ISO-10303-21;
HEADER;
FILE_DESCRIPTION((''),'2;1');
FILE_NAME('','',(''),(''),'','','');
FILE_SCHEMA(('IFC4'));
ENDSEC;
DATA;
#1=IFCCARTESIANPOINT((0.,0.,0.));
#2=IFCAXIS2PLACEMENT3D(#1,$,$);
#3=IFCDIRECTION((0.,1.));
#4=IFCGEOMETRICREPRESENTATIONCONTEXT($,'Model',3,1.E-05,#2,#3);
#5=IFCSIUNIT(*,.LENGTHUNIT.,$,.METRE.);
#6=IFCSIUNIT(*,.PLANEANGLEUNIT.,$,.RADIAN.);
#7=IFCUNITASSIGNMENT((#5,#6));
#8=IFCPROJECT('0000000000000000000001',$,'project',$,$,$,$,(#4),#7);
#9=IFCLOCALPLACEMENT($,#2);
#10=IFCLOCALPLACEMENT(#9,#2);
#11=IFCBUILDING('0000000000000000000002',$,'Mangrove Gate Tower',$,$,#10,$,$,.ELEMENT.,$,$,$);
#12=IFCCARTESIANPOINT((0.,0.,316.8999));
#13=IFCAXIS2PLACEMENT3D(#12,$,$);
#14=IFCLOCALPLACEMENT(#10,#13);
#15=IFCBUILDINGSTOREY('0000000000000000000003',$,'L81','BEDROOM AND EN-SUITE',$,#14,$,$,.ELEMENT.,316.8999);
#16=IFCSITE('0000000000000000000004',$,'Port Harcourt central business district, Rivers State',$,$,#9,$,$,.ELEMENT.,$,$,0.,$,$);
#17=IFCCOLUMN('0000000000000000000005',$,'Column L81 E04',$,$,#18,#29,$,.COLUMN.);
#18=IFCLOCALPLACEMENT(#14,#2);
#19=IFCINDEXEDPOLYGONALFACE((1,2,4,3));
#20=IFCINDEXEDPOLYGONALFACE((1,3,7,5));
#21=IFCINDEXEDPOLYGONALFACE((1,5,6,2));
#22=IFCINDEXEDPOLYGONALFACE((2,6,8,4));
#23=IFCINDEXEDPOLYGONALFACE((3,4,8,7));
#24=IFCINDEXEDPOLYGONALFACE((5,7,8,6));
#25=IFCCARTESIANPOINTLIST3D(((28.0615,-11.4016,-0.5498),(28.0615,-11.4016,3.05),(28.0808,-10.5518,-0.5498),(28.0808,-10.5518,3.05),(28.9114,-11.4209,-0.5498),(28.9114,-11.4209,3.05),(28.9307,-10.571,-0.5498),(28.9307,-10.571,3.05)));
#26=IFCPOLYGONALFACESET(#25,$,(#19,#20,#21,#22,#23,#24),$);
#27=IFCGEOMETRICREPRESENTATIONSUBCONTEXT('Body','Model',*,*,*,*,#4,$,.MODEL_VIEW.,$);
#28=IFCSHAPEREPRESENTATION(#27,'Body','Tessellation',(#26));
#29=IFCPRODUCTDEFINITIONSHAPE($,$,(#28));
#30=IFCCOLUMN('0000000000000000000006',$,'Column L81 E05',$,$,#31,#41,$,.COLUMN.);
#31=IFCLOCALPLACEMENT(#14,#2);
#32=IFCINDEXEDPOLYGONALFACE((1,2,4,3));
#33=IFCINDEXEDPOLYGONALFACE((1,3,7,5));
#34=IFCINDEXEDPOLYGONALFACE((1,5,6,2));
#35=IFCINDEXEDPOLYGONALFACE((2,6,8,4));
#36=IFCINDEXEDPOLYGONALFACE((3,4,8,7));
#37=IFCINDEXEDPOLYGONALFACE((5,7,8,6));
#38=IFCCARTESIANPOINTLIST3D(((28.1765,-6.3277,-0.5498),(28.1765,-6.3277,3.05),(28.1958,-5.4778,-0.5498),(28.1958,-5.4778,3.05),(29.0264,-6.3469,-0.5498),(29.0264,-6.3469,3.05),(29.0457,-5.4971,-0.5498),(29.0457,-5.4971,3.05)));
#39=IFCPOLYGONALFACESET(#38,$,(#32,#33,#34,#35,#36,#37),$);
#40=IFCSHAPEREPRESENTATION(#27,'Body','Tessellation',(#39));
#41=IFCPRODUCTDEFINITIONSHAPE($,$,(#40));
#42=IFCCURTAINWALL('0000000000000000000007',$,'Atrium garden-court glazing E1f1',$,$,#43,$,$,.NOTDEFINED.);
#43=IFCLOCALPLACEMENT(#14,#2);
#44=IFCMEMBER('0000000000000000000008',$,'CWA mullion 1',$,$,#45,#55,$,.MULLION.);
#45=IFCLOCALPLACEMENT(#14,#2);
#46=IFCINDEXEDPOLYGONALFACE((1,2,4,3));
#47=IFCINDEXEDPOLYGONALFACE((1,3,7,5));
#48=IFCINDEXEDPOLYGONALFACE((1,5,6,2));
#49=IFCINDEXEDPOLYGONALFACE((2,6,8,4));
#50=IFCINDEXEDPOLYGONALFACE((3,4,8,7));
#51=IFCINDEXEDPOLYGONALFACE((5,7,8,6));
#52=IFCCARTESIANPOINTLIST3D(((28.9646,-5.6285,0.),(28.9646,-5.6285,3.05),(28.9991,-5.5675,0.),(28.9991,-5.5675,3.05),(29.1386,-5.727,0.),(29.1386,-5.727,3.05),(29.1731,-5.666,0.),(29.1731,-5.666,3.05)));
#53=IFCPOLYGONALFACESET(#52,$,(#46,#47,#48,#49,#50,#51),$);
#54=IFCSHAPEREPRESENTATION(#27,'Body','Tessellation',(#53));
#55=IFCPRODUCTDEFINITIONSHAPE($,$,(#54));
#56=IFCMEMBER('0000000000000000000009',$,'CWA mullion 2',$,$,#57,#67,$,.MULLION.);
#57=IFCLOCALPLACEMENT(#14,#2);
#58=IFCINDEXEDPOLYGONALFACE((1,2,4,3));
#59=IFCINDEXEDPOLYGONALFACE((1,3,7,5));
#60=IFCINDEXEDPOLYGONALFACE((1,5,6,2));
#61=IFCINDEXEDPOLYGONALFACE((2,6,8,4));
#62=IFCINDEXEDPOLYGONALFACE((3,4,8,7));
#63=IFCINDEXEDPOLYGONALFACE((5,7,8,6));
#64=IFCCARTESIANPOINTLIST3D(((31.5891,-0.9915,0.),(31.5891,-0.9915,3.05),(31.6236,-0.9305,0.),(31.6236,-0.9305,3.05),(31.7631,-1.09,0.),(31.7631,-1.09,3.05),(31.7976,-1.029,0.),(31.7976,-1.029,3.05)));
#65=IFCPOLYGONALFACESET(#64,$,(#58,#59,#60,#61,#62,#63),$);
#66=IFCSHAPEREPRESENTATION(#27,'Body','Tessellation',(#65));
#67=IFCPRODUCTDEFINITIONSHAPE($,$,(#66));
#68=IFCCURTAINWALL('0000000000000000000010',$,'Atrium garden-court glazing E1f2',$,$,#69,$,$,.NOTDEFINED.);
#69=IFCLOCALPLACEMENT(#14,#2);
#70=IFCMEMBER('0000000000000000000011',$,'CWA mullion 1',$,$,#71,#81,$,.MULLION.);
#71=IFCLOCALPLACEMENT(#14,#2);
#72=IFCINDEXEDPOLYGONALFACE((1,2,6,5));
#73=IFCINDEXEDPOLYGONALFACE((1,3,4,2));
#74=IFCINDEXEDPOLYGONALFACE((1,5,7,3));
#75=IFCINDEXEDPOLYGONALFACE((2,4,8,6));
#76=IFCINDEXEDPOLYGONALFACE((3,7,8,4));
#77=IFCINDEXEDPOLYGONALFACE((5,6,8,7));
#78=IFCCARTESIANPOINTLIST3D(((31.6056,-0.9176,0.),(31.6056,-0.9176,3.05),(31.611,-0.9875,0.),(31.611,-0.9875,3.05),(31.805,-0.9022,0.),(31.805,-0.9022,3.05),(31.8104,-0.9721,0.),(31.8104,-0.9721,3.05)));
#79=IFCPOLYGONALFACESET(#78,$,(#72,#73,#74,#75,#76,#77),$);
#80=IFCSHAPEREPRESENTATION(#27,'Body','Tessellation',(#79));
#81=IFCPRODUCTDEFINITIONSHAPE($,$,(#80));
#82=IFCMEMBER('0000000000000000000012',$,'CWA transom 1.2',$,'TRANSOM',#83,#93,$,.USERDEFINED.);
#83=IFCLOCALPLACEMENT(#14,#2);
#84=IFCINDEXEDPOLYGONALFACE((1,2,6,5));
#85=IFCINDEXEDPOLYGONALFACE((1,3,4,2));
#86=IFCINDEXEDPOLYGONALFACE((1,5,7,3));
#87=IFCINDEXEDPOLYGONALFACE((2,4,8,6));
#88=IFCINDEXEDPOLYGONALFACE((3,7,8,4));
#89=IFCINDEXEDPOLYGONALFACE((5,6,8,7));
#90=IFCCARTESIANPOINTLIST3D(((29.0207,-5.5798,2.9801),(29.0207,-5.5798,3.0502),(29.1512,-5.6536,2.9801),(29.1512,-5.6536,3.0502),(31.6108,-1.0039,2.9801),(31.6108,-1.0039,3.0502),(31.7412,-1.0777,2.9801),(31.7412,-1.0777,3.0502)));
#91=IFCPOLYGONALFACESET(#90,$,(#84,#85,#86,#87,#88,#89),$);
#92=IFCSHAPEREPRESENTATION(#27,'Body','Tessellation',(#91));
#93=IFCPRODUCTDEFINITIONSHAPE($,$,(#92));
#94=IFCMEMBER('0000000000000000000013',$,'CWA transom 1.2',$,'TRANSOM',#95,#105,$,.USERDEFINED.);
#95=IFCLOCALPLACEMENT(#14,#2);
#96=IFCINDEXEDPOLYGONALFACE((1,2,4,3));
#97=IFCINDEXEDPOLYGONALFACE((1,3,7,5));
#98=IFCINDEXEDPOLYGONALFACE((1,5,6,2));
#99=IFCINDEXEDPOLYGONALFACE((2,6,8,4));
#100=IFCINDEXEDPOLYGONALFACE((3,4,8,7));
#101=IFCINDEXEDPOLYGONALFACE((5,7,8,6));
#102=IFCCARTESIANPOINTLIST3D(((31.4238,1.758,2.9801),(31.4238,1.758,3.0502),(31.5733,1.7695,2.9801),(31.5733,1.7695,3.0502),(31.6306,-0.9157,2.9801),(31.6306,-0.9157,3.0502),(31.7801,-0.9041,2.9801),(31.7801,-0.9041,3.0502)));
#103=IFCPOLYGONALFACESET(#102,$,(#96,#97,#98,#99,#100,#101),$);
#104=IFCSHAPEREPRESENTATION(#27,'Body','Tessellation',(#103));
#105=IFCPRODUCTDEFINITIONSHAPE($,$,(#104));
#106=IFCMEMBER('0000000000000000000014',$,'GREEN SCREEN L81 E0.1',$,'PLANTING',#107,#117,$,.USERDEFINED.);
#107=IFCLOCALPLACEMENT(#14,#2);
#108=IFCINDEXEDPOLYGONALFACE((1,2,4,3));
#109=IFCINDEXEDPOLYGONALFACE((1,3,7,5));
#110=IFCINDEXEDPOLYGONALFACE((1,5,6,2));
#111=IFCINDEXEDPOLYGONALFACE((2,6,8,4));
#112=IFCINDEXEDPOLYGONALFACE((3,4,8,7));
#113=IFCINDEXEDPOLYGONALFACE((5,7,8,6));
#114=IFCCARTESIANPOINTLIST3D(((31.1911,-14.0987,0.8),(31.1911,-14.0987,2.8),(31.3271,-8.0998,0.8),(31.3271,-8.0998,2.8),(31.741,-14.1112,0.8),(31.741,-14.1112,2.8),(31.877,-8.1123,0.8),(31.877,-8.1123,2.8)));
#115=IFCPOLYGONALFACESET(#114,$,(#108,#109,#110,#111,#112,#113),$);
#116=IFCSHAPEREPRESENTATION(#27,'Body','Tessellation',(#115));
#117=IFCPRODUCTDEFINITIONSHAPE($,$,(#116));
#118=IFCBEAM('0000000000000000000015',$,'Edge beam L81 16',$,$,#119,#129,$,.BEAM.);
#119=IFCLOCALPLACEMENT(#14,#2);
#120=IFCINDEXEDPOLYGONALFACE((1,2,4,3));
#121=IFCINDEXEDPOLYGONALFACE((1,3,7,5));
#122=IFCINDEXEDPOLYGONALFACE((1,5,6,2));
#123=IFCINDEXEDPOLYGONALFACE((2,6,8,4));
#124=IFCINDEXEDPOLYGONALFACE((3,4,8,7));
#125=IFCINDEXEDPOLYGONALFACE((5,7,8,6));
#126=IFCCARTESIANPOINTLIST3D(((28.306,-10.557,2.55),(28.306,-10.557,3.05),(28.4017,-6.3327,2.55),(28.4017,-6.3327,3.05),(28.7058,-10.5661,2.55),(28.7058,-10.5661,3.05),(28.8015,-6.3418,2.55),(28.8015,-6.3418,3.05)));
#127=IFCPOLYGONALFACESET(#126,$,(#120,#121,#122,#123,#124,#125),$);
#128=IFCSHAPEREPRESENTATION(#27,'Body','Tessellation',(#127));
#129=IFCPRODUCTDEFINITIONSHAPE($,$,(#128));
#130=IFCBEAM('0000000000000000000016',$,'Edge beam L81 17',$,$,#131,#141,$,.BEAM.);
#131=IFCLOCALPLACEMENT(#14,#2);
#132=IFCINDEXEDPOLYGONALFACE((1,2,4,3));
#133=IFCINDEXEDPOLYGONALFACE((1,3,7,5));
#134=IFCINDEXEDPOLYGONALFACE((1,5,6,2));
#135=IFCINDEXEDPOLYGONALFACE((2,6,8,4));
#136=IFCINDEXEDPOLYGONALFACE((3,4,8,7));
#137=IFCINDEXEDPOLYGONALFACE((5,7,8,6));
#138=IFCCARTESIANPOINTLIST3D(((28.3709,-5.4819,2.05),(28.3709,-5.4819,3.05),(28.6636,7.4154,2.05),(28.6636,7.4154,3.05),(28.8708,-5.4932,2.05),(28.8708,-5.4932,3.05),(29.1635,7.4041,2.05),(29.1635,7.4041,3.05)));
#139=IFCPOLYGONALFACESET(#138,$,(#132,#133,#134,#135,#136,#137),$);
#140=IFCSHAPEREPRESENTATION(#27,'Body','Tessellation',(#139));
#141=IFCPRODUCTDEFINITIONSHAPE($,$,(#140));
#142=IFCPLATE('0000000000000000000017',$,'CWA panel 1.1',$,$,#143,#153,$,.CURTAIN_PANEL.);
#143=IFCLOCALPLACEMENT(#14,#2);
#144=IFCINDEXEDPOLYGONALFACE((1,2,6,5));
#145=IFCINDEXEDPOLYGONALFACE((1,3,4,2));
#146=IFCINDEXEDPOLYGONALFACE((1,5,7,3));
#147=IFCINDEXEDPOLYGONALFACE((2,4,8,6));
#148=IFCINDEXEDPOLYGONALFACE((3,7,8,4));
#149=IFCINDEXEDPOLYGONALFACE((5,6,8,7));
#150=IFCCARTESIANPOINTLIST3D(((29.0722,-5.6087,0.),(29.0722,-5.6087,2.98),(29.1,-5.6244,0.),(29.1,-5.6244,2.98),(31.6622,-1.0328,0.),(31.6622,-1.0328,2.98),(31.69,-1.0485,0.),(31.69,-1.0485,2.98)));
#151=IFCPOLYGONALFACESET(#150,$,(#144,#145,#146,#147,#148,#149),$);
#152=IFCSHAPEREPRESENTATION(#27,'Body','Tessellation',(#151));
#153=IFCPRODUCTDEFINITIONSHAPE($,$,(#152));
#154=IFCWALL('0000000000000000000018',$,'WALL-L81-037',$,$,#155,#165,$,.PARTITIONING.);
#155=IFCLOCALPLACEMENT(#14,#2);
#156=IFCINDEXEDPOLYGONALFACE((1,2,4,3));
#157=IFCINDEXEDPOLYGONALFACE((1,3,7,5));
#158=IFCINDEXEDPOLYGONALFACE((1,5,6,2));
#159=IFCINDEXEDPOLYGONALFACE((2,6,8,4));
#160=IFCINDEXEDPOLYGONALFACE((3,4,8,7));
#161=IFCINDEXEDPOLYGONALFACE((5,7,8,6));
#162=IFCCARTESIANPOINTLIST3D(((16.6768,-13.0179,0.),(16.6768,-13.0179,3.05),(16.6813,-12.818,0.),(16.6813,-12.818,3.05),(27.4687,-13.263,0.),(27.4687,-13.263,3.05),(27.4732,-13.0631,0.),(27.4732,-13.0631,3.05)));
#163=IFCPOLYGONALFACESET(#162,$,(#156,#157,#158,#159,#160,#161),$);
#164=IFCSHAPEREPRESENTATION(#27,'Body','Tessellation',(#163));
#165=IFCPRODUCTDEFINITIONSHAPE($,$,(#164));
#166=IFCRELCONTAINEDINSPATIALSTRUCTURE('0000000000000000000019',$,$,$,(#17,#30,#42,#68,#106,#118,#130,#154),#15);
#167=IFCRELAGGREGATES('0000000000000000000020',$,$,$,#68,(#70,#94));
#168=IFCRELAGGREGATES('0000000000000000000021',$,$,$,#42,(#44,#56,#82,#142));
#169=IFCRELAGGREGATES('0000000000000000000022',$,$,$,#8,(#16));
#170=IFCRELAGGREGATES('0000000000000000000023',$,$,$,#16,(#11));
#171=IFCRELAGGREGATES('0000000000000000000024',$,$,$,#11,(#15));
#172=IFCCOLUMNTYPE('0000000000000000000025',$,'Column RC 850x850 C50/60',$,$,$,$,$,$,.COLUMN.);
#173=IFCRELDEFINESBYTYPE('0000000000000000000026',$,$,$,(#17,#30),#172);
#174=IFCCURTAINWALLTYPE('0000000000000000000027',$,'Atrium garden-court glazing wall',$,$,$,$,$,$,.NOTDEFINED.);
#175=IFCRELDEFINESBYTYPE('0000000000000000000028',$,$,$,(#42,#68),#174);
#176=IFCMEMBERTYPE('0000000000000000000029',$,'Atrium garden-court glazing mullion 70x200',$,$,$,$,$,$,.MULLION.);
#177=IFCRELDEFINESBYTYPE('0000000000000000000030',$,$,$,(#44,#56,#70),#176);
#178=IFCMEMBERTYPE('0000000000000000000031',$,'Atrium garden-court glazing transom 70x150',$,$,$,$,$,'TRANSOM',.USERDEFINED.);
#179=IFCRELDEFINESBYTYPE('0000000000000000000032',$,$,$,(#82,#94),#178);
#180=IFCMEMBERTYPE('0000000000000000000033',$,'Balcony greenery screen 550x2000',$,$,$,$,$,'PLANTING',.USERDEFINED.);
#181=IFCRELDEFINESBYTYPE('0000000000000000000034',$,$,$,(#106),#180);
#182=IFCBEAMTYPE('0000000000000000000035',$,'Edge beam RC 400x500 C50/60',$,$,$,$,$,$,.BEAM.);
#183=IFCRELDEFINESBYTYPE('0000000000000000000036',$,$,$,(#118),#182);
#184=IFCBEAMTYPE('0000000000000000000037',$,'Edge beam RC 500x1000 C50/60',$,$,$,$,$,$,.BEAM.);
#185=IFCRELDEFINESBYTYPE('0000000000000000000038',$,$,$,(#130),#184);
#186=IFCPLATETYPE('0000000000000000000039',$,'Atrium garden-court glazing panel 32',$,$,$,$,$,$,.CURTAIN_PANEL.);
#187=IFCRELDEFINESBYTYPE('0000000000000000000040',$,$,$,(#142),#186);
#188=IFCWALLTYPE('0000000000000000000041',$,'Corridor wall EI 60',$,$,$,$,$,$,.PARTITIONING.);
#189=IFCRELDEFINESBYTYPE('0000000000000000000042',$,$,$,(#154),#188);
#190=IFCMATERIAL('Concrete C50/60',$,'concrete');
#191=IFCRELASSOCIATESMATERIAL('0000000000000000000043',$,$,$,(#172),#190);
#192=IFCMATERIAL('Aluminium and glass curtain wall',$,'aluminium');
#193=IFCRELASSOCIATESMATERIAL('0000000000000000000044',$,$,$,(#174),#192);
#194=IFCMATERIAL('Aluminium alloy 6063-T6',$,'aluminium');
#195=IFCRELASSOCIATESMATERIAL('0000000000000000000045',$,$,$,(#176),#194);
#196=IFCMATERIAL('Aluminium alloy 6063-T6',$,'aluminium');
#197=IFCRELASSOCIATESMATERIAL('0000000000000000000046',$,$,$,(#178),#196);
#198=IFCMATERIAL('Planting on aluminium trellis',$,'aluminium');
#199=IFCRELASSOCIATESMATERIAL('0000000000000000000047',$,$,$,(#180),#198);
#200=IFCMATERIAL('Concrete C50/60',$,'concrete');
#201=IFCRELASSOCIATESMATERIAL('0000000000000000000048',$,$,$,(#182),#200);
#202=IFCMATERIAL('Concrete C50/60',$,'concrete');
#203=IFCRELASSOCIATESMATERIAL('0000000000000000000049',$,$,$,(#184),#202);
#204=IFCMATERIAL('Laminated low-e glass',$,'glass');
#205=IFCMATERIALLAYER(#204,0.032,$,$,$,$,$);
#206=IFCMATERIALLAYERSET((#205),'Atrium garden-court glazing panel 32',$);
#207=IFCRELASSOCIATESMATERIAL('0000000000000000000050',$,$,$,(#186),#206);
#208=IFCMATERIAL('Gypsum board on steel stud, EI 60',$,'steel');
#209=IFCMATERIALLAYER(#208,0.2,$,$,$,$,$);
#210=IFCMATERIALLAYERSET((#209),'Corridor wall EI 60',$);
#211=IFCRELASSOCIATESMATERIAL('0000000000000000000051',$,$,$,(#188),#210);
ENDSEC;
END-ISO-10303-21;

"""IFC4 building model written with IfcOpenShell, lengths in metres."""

from ifc_helpers import new_model, si_unit, direction, frame, frame_2d, origin, origin_2d, place, context, subcontext, project, spatial, rectangle, extrude, material, layer, layer_set, material_profile, profile_set, type_object, element, aggregate, save


model = new_model("IFC4")

# Units and contexts
model_context = context("Model", 3, precision=1e-05, world=origin(), true_north=direction((0.0, 1.0)))
body_context = subcontext(model_context, "Body", "Model", "MODEL_VIEW")
ifc_project = project(units=[si_unit("LENGTHUNIT", "METRE"), si_unit("PLANEANGLEUNIT", "RADIAN")], contexts=[model_context])

# Site, building, storey
site_placement = place(None, origin())
site = spatial("IfcSite", under=ifc_project, at=site_placement, Name="Port Harcourt central business district, Rivers State", CompositionType="ELEMENT", RefElevation=0.0)
building_placement = place(site_placement, origin())
building = spatial("IfcBuilding", under=site, at=building_placement, Name="Mangrove Gate Tower", CompositionType="ELEMENT")
storey_placement = place(building_placement, frame((0.0, 0.0, 316.8999)))
storey = spatial("IfcBuildingStorey", under=building, at=storey_placement, Name="L81", Description="BEDROOM AND EN-SUITE", CompositionType="ELEMENT", Elevation=316.8999)

# Columns
ifc_material_1 = material(Name="Concrete C50/60", Category="concrete")
ifc_material_profile_1 = material_profile(ifc_material_1, rectangle(XDim=0.8501, YDim=0.8501, at=origin_2d()))
ifc_profile_set_1 = profile_set([ifc_material_profile_1], Name="Concrete C50/60")
column_type = type_object("IfcColumnType", Name="Column RC 850x850 C50/60", PredefinedType="COLUMN", material=ifc_profile_set_1)
for number, where, z_axis, x_axis, name in (
    (1, (28.4961, -10.9863, -0.5498), (0.0, 0.0, 1.0), (0.022661, 0.999743, 0.0), "Column L81 E04"),
    (2, (28.6111, -5.9124, -0.5498), (0.0, 0.0, 1.0), (0.022682, 0.999743, 0.0), "Column L81 E05"),
):
    element("IfcColumn", number, at=place(storey_placement, frame(where, z_axis=z_axis, x_axis=x_axis)), inside=storey, type_object=column_type, Name=name, PredefinedType="COLUMN", context=body_context, shape_type="SweptSolid", body=[
        extrude(rectangle(XDim=0.8501, YDim=0.8501, at=origin_2d()), origin(), (0.0, 0.0, 1.0), 3.5999),
    ])

# Curtain wall, members
ifc_material_2 = material(Name="Aluminium and glass curtain wall", Category="aluminium")
curtain_wall_type = type_object("IfcCurtainWallType", Name="Atrium garden-court glazing wall", PredefinedType="NOTDEFINED", material=ifc_material_2)
curtain_wall_1_placement = place(storey_placement, origin())
curtain_wall_1 = element("IfcCurtainWall", 3, at=curtain_wall_1_placement, inside=storey, type_object=curtain_wall_type, Name="Atrium garden-court glazing E1f1", PredefinedType="NOTDEFINED")
ifc_material_3 = material(Name="Aluminium alloy 6063-T6", Category="aluminium")
ifc_material_profile_2 = material_profile(ifc_material_3, rectangle(XDim=0.0701, YDim=0.2, at=origin_2d()))
ifc_profile_set_2 = profile_set([ifc_material_profile_2], Name="Aluminium alloy 6063-T6")
member_type_1 = type_object("IfcMemberType", Name="Atrium garden-court glazing mullion 70x200", PredefinedType="MULLION", material=ifc_profile_set_2)
member_1_placement = place(storey_placement, frame((29.0688, -5.6472, 0.0), z_axis=(0.0, 0.0, 1.0), x_axis=(0.492587, 0.870263, 0.0)))
member_1 = element("IfcMember", 4, at=member_1_placement, type_object=member_type_1, Name="CWA mullion 1", PredefinedType="MULLION", context=body_context, shape_type="SweptSolid", body=[
    extrude(rectangle(XDim=0.0701, YDim=0.2, at=origin_2d()), origin(), (0.0, 0.0, 1.0), 3.05),
])
member_2_placement = place(storey_placement, frame((31.6934, -1.0103, 0.0), z_axis=(0.0, 0.0, 1.0), x_axis=(0.492587, 0.870263, 0.0)))
member_2 = element("IfcMember", 5, at=member_2_placement, type_object=member_type_1, Name="CWA mullion 2", PredefinedType="MULLION", context=body_context, shape_type="SweptSolid", body=[
    extrude(rectangle(XDim=0.0701, YDim=0.2, at=origin_2d()), origin(), (0.0, 0.0, 1.0), 3.05),
])

# Curtain wall, member
curtain_wall_2_placement = place(storey_placement, origin())
curtain_wall_2 = element("IfcCurtainWall", 6, at=curtain_wall_2_placement, inside=storey, type_object=curtain_wall_type, Name="Atrium garden-court glazing E1f2", PredefinedType="NOTDEFINED")
member_3_placement = place(storey_placement, frame((31.708, -0.9448, 0.0), z_axis=(0.0, 0.0, 1.0), x_axis=(-0.077023, 0.997029, 0.0)))
member_3 = element("IfcMember", 7, at=member_3_placement, type_object=member_type_1, Name="CWA mullion 1", PredefinedType="MULLION", context=body_context, shape_type="SweptSolid", body=[
    extrude(rectangle(XDim=0.0701, YDim=0.2, at=origin_2d()), origin(), (0.0, 0.0, 1.0), 3.05),
])

# Members
ifc_material_4 = material(Name="Aluminium alloy 6063-T6", Category="aluminium")
ifc_material_profile_3 = material_profile(ifc_material_4, rectangle(XDim=0.0701, YDim=0.1499, at=origin_2d()))
ifc_profile_set_3 = profile_set([ifc_material_profile_3], Name="Aluminium alloy 6063-T6")
member_type_2 = type_object("IfcMemberType", Name="Atrium garden-court glazing transom 70x150", ElementType="TRANSOM", PredefinedType="USERDEFINED", material=ifc_profile_set_3)
member_4_placement = place(storey_placement, frame((29.0859, -5.6167, 3.0151), z_axis=(0.49259, 0.870262, 0.0), x_axis=(0.0, 0.0, 1.0)))
member_4 = element("IfcMember", 8, at=member_4_placement, type_object=member_type_2, Name="CWA transom 1.2", ObjectType="TRANSOM", PredefinedType="USERDEFINED", context=body_context, shape_type="SweptSolid", body=[
    extrude(rectangle(XDim=0.0701, YDim=0.1499, at=origin_2d()), origin(), (0.0, 0.0, 1.0), 5.2581),
])
member_5_placement = place(storey_placement, frame((31.7053, -0.9099, 3.0151), z_axis=(-0.077114, 0.997022, 0.0), x_axis=(0.0, 0.0, 1.0)))
member_5 = element("IfcMember", 9, at=member_5_placement, type_object=member_type_2, Name="CWA transom 1.2", ObjectType="TRANSOM", PredefinedType="USERDEFINED", context=body_context, shape_type="SweptSolid", body=[
    extrude(rectangle(XDim=0.0701, YDim=0.1499, at=origin_2d()), origin(), (0.0, 0.0, 1.0), 2.6816),
])
aggregate(curtain_wall_2, [member_3, member_5])
ifc_material_5 = material(Name="Planting on aluminium trellis", Category="aluminium")
ifc_material_profile_4 = material_profile(ifc_material_5, rectangle(XDim=0.55, YDim=2.0, at=origin_2d()))
ifc_profile_set_4 = profile_set([ifc_material_profile_4], Name="Planting on aluminium trellis")
member_type_3 = type_object("IfcMemberType", Name="Balcony greenery screen 550x2000", ElementType="PLANTING", PredefinedType="USERDEFINED", material=ifc_profile_set_4)
member_6_placement = place(storey_placement, frame((31.4661, -14.105, 1.8), z_axis=(0.022662, 0.999743, 0.0), x_axis=(-0.999743, 0.022662, 0.0)))
element("IfcMember", 10, at=member_6_placement, inside=storey, type_object=member_type_3, Name="GREEN SCREEN L81 E0.1", ObjectType="PLANTING", PredefinedType="USERDEFINED", context=body_context, shape_type="SweptSolid", body=[
    extrude(rectangle(XDim=0.55, YDim=2.0, at=origin_2d()), origin(), (0.0, 0.0, 1.0), 6.0005),
])

# Beams
ifc_material_6 = material(Name="Concrete C50/60", Category="concrete")
ifc_material_profile_5 = material_profile(ifc_material_6, rectangle(XDim=0.3999, YDim=0.5, at=origin_2d()))
ifc_profile_set_5 = profile_set([ifc_material_profile_5], Name="Concrete C50/60")
beam_type_1 = type_object("IfcBeamType", Name="Edge beam RC 400x500 C50/60", PredefinedType="BEAM", material=ifc_profile_set_5)
beam_1_placement = place(storey_placement, frame((28.5059, -10.5615, 2.8), z_axis=(0.022649, 0.999743, 0.0), x_axis=(-0.999743, 0.022649, 0.0)))
element("IfcBeam", 11, at=beam_1_placement, inside=storey, type_object=beam_type_1, Name="Edge beam L81 16", PredefinedType="BEAM", context=body_context, shape_type="SweptSolid", body=[
    extrude(rectangle(XDim=0.3999, YDim=0.5, at=origin_2d()), origin(), (0.0, 0.0, 1.0), 4.2253),
])
ifc_material_7 = material(Name="Concrete C50/60", Category="concrete")
ifc_material_profile_6 = material_profile(ifc_material_7, rectangle(XDim=0.5, YDim=1.0, at=origin_2d()))
ifc_profile_set_6 = profile_set([ifc_material_profile_6], Name="Concrete C50/60")
beam_type_2 = type_object("IfcBeamType", Name="Edge beam RC 500x1000 C50/60", PredefinedType="BEAM", material=ifc_profile_set_6)
beam_2_placement = place(storey_placement, frame((28.6208, -5.4875, 2.55), z_axis=(0.022691, 0.999743, 0.0), x_axis=(-0.999743, 0.022691, 0.0)))
element("IfcBeam", 12, at=beam_2_placement, inside=storey, type_object=beam_type_2, Name="Edge beam L81 17", PredefinedType="BEAM", context=body_context, shape_type="SweptSolid", body=[
    extrude(rectangle(XDim=0.5, YDim=1.0, at=origin_2d()), origin(), (0.0, 0.0, 1.0), 12.9006),
])

# Plate
ifc_material_8 = material(Name="Laminated low-e glass", Category="glass")
ifc_layer_1 = layer(ifc_material_8, 0.032)
ifc_layer_set_1 = layer_set([ifc_layer_1], Name="Atrium garden-court glazing panel 32")
plate_type = type_object("IfcPlateType", Name="Atrium garden-court glazing panel 32", PredefinedType="CURTAIN_PANEL", material=ifc_layer_set_1)
plate_placement = place(storey_placement, frame((30.3811, -3.3286, 0.0), z_axis=(0.0, 0.0, 1.0), x_axis=(0.492587, 0.870263, 0.0)))
plate = element("IfcPlate", 13, at=plate_placement, type_object=plate_type, Name="CWA panel 1.1", PredefinedType="CURTAIN_PANEL", context=body_context, shape_type="SweptSolid", body=[
    extrude(rectangle(XDim=5.2581, YDim=0.032, at=origin_2d()), origin(), (0.0, 0.0, 1.0), 2.98),
])
aggregate(curtain_wall_1, [member_1, member_2, member_4, plate])

# Wall
ifc_material_9 = material(Name="Gypsum board on steel stud, EI 60", Category="steel")
ifc_layer_2 = layer(ifc_material_9, 0.2)
ifc_layer_set_2 = layer_set([ifc_layer_2], Name="Corridor wall EI 60")
wall_type_1 = type_object("IfcWallType", Name="Corridor wall EI 60", PredefinedType="PARTITIONING", material=ifc_layer_set_2)
wall_1_placement = place(storey_placement, frame((16.679, -12.918, 0.0), z_axis=(0.0, 0.0, 1.0), x_axis=(0.999742, -0.022707, 0.0)))
element("IfcWall", 14, at=wall_1_placement, inside=storey, type_object=wall_type_1, Name="WALL-L81-037", PredefinedType="PARTITIONING", context=body_context, shape_type="SweptSolid", body=[
    extrude(rectangle(XDim=10.7947, YDim=0.2, at=frame_2d((5.3975, 0.0))), origin(), (0.0, 0.0, 1.0), 3.05),
])

save(model, "model.ifc")
